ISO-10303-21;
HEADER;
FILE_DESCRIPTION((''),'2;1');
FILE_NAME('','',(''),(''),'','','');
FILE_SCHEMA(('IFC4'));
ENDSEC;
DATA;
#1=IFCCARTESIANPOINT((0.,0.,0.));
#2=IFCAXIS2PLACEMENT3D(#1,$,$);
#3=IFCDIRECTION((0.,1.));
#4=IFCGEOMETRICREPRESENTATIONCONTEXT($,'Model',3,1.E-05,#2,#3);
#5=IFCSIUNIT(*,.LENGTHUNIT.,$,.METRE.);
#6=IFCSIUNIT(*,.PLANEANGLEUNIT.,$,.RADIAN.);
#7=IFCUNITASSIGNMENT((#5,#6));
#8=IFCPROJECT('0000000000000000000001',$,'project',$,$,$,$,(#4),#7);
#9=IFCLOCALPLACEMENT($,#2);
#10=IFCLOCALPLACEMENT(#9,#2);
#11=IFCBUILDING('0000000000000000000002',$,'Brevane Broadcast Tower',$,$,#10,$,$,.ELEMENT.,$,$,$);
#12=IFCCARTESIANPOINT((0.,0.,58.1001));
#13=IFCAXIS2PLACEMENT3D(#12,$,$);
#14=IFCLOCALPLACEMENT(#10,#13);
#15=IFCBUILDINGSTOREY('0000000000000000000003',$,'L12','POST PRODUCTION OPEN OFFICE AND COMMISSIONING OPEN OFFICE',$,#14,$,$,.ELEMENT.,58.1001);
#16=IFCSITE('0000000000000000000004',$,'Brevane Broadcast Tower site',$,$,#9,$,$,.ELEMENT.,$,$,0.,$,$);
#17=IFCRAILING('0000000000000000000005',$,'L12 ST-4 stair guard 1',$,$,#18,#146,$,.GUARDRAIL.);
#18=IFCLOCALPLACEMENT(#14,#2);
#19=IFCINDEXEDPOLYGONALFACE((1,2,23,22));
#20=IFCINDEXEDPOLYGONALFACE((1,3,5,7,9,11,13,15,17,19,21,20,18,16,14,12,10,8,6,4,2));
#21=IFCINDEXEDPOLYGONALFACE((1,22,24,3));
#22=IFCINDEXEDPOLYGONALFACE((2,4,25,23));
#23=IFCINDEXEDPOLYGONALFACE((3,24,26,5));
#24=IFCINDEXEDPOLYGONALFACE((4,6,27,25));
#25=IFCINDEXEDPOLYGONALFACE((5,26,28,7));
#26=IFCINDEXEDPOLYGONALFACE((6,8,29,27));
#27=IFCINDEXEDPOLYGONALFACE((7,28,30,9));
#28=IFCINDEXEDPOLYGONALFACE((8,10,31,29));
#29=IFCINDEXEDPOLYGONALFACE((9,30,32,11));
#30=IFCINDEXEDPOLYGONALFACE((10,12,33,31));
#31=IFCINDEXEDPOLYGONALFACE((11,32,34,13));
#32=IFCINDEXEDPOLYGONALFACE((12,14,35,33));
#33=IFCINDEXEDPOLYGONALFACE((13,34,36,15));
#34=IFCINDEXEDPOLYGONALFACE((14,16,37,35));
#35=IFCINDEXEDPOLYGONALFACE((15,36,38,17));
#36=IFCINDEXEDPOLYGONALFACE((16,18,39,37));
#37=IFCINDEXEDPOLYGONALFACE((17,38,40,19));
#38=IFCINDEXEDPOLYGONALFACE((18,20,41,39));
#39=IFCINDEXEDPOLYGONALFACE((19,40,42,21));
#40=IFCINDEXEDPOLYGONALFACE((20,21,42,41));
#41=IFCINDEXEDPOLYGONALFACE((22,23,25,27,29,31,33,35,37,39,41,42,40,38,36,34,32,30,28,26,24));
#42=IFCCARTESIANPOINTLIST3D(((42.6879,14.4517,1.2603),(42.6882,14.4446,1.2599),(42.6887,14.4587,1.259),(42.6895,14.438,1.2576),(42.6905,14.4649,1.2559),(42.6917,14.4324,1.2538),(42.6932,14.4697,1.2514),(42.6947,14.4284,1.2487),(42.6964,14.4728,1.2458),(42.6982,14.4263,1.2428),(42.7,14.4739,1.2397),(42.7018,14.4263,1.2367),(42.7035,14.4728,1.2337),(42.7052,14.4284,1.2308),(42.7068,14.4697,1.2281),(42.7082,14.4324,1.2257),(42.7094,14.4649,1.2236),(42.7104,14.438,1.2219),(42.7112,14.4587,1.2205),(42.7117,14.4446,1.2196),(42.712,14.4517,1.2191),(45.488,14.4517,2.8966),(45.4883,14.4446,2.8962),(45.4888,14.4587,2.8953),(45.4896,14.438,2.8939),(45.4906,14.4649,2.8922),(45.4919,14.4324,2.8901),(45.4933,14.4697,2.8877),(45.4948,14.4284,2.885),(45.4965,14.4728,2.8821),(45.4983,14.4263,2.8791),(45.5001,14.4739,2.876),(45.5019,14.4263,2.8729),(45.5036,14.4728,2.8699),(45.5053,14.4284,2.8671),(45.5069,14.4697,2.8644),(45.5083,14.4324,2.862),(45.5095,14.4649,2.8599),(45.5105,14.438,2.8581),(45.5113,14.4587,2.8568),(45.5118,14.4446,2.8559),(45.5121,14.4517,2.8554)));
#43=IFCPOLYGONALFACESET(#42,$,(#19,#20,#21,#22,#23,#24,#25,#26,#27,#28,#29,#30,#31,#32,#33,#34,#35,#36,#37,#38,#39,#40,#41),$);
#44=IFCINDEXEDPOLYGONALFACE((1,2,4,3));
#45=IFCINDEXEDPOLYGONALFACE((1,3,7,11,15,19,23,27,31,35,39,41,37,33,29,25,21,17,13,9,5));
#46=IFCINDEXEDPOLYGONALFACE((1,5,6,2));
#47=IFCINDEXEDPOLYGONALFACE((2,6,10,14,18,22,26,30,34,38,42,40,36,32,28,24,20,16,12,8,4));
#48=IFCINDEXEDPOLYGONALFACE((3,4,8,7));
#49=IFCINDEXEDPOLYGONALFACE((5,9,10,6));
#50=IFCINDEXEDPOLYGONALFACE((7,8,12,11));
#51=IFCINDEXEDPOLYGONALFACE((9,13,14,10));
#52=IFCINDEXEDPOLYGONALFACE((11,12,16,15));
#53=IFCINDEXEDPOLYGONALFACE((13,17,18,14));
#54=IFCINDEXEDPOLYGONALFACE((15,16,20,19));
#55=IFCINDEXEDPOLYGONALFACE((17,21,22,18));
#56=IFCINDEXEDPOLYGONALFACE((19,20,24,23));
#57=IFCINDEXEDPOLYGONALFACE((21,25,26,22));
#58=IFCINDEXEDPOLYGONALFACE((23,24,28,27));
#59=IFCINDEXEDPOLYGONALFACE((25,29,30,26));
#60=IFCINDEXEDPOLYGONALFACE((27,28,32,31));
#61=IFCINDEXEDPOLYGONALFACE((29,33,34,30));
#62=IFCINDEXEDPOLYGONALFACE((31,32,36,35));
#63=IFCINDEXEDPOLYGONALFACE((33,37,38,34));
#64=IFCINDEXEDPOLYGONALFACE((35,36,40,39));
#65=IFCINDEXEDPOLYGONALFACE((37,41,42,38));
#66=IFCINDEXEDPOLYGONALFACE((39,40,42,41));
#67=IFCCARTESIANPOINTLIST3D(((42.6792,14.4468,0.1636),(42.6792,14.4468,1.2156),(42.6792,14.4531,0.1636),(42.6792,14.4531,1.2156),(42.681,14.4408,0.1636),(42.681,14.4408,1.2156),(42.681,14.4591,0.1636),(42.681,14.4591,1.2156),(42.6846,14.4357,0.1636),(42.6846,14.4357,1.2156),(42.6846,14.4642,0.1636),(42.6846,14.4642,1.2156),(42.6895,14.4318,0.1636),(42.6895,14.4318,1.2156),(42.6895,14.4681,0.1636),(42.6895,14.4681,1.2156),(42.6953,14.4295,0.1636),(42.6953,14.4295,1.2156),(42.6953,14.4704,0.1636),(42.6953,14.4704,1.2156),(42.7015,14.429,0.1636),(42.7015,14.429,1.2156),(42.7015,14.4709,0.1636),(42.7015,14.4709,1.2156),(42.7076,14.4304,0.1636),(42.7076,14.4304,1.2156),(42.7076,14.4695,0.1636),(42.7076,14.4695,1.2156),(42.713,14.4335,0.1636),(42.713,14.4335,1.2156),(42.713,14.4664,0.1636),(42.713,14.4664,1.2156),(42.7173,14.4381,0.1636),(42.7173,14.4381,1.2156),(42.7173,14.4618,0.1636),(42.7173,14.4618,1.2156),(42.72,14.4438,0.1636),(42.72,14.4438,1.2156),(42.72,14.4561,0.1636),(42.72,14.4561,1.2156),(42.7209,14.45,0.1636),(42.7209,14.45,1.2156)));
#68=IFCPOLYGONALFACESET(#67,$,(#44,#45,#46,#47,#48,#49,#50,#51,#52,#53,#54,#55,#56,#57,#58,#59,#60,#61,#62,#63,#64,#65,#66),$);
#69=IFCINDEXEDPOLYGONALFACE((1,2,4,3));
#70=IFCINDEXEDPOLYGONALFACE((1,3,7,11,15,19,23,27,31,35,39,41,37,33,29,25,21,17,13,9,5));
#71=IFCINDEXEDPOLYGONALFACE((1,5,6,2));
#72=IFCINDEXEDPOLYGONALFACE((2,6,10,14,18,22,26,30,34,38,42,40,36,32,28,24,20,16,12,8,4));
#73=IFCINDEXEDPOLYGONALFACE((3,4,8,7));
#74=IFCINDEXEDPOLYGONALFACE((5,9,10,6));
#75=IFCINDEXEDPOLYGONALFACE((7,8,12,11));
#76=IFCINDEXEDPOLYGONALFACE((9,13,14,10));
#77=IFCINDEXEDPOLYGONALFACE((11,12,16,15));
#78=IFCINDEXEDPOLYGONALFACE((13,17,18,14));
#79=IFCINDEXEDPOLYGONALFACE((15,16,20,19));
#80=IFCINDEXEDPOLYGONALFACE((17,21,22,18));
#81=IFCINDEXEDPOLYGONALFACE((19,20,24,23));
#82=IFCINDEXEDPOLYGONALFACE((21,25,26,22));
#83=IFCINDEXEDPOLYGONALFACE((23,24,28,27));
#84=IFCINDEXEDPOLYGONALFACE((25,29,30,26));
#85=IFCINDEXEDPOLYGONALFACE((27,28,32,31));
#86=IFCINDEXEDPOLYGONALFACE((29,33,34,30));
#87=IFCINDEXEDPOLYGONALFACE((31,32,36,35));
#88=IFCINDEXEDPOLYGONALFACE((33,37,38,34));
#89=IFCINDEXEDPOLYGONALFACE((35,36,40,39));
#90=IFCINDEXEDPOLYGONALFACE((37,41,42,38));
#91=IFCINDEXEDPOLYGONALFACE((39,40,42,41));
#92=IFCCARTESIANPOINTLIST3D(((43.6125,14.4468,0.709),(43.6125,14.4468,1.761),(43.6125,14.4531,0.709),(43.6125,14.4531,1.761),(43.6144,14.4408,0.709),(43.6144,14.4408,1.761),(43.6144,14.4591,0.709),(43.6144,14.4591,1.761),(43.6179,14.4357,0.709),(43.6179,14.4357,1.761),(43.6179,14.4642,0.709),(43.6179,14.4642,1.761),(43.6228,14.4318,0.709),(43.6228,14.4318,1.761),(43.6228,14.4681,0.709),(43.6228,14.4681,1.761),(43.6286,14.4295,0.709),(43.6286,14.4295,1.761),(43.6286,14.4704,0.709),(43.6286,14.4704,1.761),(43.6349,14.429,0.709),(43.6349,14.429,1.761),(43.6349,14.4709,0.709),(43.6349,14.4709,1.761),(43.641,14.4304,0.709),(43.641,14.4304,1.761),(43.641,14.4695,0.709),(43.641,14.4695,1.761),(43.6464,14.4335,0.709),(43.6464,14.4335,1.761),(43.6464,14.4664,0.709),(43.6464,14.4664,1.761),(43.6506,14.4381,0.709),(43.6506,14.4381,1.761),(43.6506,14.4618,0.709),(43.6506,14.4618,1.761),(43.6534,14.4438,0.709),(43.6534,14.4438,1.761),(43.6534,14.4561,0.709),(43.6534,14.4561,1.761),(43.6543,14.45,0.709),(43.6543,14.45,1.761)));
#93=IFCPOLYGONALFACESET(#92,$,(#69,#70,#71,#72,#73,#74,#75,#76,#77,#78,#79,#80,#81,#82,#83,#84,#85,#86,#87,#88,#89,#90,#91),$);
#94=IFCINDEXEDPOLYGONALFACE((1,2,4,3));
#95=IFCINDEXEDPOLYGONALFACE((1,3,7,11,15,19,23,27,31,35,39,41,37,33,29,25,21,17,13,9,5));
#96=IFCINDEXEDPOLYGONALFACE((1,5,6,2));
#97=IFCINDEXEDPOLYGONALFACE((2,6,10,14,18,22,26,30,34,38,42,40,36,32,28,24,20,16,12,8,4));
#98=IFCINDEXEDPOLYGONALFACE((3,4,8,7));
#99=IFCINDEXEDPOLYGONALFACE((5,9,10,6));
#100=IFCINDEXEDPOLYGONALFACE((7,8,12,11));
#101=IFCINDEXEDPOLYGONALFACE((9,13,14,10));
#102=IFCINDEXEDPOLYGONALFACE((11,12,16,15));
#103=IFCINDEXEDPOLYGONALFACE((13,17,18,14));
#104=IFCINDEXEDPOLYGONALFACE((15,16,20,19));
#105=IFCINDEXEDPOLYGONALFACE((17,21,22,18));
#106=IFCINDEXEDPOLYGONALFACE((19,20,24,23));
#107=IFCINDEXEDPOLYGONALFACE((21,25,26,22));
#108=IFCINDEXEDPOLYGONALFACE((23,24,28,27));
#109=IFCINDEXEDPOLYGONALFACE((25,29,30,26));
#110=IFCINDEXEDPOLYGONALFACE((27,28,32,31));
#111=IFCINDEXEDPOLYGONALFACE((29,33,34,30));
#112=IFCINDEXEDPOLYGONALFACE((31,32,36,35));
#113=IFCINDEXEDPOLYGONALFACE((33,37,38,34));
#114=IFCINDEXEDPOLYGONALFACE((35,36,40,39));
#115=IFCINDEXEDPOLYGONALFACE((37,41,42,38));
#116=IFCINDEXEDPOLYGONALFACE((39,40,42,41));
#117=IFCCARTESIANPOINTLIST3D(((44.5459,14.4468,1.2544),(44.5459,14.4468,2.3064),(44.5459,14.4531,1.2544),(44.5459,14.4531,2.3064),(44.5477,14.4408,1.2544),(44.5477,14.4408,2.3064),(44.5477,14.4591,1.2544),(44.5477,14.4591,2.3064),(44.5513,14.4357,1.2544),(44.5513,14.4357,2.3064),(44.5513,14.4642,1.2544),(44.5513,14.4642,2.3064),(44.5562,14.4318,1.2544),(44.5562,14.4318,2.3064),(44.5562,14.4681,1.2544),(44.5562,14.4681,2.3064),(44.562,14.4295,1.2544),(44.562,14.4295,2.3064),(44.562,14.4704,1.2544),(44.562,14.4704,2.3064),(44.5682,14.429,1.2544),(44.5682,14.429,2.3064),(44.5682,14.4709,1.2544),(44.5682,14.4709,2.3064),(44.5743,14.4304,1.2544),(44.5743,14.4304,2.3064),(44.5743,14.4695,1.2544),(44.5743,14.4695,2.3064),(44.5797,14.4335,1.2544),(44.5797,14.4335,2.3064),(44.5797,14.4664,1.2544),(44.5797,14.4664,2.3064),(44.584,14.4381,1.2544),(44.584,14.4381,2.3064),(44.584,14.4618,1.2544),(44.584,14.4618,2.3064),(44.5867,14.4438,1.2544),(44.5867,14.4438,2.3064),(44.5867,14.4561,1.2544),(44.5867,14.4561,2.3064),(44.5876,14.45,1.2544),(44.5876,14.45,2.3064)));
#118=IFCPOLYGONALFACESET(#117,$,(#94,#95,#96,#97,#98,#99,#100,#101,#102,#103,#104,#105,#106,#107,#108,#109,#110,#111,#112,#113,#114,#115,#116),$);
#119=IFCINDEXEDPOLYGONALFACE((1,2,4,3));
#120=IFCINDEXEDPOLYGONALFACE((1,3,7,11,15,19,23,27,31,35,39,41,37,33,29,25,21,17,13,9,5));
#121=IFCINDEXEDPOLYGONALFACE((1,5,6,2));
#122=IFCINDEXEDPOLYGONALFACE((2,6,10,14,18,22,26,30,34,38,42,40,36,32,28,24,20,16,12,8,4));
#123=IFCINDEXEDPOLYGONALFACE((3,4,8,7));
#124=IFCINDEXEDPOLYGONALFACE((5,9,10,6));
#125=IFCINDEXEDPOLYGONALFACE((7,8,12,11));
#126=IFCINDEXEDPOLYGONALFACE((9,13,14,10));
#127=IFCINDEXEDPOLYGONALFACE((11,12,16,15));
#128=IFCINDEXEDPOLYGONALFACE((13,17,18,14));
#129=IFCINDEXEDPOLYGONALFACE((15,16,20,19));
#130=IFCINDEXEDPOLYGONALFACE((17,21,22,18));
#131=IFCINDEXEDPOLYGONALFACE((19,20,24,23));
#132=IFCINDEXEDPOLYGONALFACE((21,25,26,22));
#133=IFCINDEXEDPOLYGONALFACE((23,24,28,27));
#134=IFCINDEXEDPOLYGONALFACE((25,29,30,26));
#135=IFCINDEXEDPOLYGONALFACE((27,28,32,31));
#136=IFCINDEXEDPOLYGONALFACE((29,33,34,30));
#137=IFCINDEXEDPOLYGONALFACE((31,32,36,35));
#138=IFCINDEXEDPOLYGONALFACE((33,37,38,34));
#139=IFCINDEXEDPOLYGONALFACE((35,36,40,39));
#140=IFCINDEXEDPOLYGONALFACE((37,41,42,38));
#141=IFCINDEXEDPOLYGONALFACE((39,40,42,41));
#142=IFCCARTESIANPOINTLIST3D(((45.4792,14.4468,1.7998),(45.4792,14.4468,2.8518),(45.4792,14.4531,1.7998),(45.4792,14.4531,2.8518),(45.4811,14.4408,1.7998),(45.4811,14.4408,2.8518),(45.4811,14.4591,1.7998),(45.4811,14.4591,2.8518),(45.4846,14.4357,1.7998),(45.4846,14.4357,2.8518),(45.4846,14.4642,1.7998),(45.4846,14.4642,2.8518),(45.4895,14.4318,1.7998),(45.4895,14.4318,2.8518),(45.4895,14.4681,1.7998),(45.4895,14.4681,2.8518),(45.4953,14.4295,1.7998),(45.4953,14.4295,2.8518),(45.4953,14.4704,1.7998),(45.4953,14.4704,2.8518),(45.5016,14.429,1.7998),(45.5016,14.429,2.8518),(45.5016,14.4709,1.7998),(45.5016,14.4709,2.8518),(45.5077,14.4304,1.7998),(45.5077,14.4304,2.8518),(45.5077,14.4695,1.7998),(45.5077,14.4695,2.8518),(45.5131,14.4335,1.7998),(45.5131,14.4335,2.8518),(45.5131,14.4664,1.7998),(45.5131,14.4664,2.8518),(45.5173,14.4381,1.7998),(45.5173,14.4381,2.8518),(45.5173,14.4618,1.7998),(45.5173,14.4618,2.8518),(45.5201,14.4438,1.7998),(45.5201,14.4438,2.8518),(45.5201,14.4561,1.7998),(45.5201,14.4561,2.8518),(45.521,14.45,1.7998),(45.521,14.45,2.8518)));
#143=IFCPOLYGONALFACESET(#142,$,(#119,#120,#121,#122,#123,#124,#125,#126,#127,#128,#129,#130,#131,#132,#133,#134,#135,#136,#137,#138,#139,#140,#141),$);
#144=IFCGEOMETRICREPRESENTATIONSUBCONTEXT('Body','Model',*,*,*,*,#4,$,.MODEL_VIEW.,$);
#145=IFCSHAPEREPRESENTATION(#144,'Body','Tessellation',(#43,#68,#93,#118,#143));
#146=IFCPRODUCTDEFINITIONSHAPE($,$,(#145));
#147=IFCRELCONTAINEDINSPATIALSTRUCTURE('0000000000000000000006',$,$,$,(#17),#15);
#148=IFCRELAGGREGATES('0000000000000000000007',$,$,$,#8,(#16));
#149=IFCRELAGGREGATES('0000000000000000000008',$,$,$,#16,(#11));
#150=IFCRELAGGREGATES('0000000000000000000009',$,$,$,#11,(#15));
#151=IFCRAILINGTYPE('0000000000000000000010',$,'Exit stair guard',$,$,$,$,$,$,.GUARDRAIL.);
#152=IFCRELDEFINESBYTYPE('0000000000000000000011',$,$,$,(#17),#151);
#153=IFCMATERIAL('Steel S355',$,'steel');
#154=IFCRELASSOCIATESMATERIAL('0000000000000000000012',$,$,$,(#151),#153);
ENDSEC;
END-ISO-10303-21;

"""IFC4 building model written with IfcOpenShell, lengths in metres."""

from ifc_helpers import new_model, si_unit, direction, frame, origin, origin_2d, place, context, subcontext, project, spatial, circle, extrude, material, type_object, element, save


model = new_model("IFC4")

# Units and contexts
model_context = context("Model", 3, precision=1e-05, world=origin(), true_north=direction((0.0, 1.0)))
body_context = subcontext(model_context, "Body", "Model", "MODEL_VIEW")
ifc_project = project(units=[si_unit("LENGTHUNIT", "METRE"), si_unit("PLANEANGLEUNIT", "RADIAN")], contexts=[model_context])

# Site, building, storey
site_placement = place(None, origin())
site = spatial("IfcSite", under=ifc_project, at=site_placement, Name="Brevane Broadcast Tower site", CompositionType="ELEMENT", RefElevation=0.0)
building_placement = place(site_placement, origin())
building = spatial("IfcBuilding", under=site, at=building_placement, Name="Brevane Broadcast Tower", CompositionType="ELEMENT")
storey_placement = place(building_placement, frame((0.0, 0.0, 58.1001)))
storey = spatial("IfcBuildingStorey", under=building, at=storey_placement, Name="L12", Description="POST PRODUCTION OPEN OFFICE AND COMMISSIONING OPEN OFFICE", CompositionType="ELEMENT", Elevation=58.1001)

# Railing
ifc_material_1 = material(Name="Steel S355", Category="steel")
railing_type_1 = type_object("IfcRailingType", Name="Exit stair guard", PredefinedType="GUARDRAIL", material=ifc_material_1)
railing_1_placement = place(storey_placement, frame((42.7, 14.45, 0.1636)))
element("IfcRailing", 1, at=railing_1_placement, inside=storey, type_object=railing_type_1, Name="L12 ST-4 stair guard 1", PredefinedType="GUARDRAIL", context=body_context, shape_type="SweptSolid", body=[
    extrude(circle(Radius=0.0239, at=origin_2d()), frame((0.0, 0.0, 1.0762), z_axis=(0.863394, 0.0, 0.504531), x_axis=(0.0, 1.0, 0.0)), (0.0, 0.0, 1.0), 3.2432),
    extrude(circle(Radius=0.021, at=origin_2d()), origin(), (0.0, 0.0, 1.0), 1.052),
    extrude(circle(Radius=0.021, at=origin_2d()), frame((0.9333, 0.0, 0.5454)), (0.0, 0.0, 1.0), 1.052),
    extrude(circle(Radius=0.021, at=origin_2d()), frame((1.8667, 0.0, 1.0908)), (0.0, 0.0, 1.0), 1.052),
    extrude(circle(Radius=0.021, at=origin_2d()), frame((2.8, 0.0, 1.6362)), (0.0, 0.0, 1.0), 1.052),
])

save(model, "model.ifc")
